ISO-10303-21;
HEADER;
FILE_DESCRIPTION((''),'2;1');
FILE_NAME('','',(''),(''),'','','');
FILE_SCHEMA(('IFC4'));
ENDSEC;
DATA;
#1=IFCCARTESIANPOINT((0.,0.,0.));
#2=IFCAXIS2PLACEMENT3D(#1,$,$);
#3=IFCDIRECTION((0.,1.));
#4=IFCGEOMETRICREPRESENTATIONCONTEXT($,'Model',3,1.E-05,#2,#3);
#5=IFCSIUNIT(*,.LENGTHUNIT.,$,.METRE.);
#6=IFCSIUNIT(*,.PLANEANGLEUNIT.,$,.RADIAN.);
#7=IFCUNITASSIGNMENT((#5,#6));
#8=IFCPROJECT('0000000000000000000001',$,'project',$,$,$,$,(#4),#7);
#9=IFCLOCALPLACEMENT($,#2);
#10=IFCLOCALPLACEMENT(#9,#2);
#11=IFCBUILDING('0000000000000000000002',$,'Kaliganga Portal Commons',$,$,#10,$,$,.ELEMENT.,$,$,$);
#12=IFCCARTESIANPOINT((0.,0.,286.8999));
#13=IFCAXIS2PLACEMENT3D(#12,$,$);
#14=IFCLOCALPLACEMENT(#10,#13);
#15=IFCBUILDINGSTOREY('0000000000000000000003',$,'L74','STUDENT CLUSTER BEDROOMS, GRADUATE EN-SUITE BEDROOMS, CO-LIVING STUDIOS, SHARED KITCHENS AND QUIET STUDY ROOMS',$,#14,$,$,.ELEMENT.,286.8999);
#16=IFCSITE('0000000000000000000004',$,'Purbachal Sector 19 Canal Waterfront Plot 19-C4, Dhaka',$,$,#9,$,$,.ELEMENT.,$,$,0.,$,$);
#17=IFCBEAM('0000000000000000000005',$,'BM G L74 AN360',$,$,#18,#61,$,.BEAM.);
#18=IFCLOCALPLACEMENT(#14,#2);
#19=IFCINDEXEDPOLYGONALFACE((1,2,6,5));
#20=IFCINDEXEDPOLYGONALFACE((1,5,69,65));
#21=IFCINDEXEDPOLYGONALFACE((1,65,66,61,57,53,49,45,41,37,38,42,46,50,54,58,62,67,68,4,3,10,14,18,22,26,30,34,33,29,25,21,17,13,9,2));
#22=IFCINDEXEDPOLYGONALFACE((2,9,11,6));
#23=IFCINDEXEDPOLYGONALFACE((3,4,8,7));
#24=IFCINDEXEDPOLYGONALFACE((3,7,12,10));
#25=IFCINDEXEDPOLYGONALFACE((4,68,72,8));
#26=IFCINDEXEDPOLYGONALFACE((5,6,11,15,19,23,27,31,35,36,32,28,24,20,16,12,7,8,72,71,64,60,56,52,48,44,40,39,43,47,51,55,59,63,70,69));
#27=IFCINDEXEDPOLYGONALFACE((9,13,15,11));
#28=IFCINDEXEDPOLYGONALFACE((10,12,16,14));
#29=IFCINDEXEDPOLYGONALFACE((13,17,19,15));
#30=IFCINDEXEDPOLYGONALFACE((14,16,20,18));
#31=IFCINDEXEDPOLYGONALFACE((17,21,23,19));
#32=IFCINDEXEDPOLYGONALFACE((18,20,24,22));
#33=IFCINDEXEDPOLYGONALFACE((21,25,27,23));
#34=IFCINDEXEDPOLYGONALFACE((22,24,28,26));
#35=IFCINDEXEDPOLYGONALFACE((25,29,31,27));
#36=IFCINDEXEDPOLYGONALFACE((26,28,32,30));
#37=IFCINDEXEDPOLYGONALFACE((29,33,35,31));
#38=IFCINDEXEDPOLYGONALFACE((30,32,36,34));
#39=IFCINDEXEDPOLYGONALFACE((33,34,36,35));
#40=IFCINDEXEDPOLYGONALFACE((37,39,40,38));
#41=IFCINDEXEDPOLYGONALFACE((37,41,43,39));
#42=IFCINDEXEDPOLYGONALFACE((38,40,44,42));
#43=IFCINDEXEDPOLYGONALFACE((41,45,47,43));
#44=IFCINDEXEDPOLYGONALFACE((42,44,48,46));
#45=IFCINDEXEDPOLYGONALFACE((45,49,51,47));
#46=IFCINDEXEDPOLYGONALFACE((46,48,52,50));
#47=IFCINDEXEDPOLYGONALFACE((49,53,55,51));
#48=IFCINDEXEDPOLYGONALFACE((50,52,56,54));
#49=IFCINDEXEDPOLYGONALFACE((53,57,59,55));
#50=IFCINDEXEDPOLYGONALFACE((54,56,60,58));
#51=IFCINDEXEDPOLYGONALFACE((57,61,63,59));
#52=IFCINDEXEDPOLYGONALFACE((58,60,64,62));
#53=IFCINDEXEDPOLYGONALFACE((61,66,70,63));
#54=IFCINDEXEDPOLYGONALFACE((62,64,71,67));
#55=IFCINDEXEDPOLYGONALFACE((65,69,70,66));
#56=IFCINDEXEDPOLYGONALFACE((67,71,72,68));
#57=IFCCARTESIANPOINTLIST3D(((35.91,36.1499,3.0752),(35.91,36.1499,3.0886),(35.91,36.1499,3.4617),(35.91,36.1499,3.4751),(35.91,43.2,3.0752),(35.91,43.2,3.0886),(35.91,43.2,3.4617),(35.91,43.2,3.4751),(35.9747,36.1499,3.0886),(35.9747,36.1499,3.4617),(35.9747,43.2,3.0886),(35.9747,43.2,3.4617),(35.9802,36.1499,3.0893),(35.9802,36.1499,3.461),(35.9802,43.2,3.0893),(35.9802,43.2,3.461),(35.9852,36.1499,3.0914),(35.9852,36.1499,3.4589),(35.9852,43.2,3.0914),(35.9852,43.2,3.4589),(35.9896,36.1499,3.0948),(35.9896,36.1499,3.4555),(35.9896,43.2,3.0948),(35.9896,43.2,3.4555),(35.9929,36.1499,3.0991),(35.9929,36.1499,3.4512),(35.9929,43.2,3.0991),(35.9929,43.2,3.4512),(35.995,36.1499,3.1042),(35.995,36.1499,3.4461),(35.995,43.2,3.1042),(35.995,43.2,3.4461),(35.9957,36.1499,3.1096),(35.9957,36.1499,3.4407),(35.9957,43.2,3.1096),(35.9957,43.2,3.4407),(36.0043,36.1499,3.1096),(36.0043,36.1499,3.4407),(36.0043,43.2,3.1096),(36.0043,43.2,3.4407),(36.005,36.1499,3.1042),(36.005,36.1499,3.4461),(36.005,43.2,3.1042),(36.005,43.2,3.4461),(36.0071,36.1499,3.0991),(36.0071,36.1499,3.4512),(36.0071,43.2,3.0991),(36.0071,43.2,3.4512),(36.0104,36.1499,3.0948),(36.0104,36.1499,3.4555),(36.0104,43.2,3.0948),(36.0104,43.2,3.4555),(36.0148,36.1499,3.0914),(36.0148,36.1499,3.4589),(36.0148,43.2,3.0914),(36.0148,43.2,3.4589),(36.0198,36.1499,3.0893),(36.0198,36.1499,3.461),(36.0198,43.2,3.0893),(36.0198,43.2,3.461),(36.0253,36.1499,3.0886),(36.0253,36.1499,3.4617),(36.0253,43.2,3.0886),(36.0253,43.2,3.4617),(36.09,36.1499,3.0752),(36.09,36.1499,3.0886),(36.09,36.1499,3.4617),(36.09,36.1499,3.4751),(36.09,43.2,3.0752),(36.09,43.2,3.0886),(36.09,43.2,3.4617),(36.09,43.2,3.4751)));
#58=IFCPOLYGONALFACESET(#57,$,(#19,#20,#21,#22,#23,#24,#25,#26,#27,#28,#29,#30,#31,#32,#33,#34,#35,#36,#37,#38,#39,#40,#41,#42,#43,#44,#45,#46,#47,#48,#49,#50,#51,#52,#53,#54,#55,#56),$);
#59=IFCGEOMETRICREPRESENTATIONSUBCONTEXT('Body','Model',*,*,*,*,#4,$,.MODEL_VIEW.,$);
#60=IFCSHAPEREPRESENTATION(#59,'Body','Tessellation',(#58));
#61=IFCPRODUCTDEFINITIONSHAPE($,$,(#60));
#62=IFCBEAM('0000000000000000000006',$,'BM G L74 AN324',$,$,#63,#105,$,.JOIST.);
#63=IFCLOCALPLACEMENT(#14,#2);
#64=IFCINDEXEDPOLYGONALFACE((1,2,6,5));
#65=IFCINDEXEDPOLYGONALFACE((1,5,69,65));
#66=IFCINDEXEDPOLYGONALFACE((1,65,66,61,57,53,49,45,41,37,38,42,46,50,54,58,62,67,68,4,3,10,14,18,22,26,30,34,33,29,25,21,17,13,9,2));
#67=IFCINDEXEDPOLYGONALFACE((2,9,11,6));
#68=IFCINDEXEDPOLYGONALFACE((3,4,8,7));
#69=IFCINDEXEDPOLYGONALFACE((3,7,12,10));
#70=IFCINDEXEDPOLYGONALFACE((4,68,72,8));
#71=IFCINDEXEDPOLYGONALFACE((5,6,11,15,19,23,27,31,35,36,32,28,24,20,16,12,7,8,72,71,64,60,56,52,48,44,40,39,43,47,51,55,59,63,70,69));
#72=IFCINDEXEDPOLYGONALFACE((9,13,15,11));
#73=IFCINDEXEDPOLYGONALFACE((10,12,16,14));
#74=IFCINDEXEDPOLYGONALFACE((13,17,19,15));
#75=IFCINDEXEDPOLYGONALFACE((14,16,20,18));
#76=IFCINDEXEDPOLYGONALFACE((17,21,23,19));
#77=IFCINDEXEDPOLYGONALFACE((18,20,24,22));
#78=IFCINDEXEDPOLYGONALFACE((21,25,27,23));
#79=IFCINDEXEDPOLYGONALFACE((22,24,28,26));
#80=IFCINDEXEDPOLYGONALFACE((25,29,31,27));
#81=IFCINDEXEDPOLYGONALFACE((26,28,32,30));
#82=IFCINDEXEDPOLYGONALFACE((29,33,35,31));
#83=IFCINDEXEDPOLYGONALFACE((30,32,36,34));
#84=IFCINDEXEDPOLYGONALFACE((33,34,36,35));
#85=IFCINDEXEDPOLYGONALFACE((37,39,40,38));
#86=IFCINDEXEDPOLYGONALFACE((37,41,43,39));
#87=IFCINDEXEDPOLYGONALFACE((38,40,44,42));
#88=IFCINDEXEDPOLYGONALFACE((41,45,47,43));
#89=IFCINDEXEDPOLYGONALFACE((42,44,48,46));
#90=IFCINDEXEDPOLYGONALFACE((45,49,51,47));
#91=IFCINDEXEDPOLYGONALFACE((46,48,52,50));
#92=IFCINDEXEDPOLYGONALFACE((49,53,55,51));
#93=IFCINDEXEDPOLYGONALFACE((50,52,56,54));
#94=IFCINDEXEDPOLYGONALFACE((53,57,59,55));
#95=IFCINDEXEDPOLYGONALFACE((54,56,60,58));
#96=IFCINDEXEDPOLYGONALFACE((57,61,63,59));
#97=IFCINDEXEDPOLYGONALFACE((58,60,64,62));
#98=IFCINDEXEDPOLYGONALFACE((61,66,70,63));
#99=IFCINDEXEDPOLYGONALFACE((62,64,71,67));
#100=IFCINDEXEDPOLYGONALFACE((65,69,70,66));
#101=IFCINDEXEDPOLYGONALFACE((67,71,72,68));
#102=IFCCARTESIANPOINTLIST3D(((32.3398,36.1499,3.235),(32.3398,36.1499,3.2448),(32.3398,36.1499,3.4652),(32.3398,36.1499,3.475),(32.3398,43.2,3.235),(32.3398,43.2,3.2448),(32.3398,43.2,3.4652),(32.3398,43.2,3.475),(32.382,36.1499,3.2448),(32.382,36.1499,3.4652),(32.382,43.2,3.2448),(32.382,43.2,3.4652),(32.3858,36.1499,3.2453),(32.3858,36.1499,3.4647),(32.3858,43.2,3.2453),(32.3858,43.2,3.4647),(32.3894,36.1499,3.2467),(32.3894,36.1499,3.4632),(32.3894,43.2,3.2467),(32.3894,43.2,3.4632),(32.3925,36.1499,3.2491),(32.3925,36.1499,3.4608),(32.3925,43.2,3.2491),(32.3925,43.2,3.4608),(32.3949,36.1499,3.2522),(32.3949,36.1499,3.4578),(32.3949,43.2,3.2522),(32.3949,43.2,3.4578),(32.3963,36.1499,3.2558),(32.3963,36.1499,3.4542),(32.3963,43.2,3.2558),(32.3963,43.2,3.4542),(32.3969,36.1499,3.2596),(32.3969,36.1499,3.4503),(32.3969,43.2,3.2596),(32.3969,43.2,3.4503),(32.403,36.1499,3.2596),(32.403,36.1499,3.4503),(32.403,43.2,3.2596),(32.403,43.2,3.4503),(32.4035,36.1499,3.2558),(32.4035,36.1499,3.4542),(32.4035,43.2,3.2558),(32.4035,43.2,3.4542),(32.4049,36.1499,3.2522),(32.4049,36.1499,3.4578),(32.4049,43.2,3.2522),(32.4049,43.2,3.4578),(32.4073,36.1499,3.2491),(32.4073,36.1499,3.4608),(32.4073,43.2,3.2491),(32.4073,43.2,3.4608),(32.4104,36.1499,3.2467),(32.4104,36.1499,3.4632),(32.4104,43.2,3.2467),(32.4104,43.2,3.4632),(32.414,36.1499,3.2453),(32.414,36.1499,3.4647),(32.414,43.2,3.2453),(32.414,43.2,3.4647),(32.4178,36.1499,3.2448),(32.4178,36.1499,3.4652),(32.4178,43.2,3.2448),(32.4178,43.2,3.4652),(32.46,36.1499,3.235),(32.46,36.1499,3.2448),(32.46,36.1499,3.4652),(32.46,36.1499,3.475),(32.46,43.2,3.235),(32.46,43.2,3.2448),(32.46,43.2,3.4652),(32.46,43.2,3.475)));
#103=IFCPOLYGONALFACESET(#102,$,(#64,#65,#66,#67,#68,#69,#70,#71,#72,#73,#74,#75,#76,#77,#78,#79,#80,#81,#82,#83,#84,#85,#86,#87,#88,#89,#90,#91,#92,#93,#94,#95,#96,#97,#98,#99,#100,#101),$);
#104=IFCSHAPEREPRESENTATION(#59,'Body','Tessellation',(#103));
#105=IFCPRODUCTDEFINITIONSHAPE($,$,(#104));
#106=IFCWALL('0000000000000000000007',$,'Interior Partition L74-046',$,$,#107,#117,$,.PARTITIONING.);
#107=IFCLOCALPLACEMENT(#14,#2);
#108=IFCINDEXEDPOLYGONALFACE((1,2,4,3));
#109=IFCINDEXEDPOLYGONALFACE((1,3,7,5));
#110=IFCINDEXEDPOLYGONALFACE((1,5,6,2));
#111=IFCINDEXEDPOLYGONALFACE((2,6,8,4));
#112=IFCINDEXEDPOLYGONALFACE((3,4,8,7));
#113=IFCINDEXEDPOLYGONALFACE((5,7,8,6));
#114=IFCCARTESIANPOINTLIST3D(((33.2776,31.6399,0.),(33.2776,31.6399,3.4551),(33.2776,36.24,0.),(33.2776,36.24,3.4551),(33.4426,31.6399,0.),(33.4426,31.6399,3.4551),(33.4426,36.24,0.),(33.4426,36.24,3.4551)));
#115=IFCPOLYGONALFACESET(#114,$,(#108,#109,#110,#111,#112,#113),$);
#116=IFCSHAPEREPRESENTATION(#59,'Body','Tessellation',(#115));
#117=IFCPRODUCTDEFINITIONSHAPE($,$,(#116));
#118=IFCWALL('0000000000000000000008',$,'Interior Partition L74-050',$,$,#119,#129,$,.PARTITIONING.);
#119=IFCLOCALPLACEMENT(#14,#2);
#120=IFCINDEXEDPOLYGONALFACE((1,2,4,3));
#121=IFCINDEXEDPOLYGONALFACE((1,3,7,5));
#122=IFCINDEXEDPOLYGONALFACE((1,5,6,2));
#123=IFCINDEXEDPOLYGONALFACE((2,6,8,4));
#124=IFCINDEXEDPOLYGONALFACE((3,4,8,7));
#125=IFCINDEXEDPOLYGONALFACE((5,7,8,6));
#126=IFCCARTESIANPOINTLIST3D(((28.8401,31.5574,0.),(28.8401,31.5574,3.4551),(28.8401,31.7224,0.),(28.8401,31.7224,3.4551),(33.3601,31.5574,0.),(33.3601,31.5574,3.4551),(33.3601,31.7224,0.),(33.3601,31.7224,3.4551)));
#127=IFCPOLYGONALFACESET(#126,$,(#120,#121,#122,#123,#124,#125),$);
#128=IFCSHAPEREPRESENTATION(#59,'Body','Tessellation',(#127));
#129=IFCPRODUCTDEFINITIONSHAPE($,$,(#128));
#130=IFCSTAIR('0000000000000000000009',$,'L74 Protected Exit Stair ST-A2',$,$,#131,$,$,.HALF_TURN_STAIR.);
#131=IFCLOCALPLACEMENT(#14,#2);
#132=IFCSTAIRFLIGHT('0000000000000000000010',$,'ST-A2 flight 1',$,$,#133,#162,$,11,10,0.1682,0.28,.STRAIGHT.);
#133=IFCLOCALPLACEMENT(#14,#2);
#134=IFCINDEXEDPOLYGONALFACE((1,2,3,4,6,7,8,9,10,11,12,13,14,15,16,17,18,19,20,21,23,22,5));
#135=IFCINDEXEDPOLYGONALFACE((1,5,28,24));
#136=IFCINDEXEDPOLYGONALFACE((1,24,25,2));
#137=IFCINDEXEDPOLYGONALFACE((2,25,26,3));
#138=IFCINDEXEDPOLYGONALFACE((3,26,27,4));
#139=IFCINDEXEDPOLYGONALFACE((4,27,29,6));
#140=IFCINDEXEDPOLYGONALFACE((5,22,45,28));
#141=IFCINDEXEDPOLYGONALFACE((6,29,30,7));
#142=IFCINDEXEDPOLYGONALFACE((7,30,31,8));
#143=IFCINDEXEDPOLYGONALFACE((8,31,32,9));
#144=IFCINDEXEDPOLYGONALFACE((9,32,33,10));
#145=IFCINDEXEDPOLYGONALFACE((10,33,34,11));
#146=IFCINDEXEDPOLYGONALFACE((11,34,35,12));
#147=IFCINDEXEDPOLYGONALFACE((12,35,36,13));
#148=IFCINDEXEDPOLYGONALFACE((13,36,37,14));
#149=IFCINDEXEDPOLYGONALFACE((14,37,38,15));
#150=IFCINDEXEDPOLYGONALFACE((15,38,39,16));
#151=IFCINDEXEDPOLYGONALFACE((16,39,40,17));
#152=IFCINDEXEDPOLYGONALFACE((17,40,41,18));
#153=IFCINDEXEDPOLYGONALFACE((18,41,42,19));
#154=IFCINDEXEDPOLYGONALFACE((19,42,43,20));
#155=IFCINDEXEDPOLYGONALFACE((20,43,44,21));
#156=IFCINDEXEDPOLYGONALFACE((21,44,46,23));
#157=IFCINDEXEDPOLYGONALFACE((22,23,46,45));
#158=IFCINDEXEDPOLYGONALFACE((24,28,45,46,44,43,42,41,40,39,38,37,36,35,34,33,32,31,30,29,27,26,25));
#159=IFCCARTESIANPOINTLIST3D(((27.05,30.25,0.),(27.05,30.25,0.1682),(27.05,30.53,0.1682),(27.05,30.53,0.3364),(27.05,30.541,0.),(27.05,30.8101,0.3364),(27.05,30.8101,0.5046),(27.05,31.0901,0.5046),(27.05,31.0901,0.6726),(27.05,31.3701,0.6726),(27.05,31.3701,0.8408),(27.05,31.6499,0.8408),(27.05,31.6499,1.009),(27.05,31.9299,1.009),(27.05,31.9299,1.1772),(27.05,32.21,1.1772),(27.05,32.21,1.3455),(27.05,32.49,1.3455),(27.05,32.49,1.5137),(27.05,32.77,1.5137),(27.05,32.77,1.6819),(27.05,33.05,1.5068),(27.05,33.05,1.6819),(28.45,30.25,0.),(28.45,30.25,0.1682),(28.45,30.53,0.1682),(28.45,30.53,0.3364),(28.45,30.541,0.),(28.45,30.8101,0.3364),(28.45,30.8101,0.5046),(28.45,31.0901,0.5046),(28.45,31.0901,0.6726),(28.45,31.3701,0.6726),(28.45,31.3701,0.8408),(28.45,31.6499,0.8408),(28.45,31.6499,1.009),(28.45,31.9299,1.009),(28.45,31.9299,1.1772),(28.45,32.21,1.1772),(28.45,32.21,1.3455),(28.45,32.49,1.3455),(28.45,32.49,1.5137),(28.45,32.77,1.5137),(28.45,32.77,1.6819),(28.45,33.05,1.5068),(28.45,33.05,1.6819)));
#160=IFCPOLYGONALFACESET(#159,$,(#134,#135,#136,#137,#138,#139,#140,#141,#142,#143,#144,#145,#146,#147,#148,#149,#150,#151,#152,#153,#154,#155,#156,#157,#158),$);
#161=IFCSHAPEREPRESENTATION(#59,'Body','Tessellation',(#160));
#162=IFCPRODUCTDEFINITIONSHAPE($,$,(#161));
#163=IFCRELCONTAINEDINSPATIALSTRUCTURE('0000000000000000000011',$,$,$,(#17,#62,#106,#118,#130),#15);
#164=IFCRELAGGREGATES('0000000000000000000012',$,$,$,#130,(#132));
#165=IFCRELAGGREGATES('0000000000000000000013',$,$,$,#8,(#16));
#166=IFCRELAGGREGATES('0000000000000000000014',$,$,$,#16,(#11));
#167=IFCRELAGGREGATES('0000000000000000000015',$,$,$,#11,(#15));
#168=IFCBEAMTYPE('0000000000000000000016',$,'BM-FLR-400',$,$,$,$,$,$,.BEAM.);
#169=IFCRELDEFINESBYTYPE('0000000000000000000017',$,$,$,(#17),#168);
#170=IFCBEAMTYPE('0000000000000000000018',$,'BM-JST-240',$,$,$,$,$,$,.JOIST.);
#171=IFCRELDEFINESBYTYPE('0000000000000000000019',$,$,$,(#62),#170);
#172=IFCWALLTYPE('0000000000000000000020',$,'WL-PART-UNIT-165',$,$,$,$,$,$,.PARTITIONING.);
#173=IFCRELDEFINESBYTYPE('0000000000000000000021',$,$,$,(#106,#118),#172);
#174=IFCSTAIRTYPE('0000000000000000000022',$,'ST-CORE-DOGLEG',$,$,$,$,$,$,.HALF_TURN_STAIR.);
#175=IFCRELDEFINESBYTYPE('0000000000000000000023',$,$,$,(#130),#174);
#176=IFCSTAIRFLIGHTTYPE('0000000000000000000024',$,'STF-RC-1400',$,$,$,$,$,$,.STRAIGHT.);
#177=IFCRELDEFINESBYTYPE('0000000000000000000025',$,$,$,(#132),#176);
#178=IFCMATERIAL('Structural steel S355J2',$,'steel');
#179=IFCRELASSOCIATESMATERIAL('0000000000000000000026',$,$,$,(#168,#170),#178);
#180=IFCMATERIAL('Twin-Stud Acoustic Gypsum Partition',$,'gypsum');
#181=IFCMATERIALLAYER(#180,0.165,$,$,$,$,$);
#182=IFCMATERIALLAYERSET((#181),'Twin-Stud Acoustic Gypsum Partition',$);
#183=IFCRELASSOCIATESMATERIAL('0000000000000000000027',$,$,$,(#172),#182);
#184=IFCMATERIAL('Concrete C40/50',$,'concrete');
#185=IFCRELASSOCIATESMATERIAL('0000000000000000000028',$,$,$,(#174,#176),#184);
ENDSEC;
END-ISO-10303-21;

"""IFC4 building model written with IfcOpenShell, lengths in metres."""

from ifc_helpers import new_model, si_unit, direction, frame, frame_2d, origin, origin_2d, place, context, subcontext, project, spatial, polyline, rectangle, i_section, outline, extrude, source, transform, mapped, material, layer, layer_set, material_profile, profile_set, type_object, element, aggregate, save


model = new_model("IFC4")

# Units and contexts
model_context = context("Model", 3, precision=1e-05, world=origin(), true_north=direction((0.0, 1.0)))
body_context = subcontext(model_context, "Body", "Model", "MODEL_VIEW")
ifc_project = project(units=[si_unit("LENGTHUNIT", "METRE"), si_unit("PLANEANGLEUNIT", "RADIAN")], contexts=[model_context])

# Site, building, storey
site_placement = place(None, origin())
site = spatial("IfcSite", under=ifc_project, at=site_placement, Name="Purbachal Sector 19 Canal Waterfront Plot 19-C4, Dhaka", CompositionType="ELEMENT", RefElevation=0.0)
building_placement = place(site_placement, origin())
building = spatial("IfcBuilding", under=site, at=building_placement, Name="Kaliganga Portal Commons", CompositionType="ELEMENT")
storey_placement = place(building_placement, frame((0.0, 0.0, 286.8999)))
storey = spatial("IfcBuildingStorey", under=building, at=storey_placement, Name="L74", Description="STUDENT CLUSTER BEDROOMS, GRADUATE EN-SUITE BEDROOMS, CO-LIVING STUDIOS, SHARED KITCHENS AND QUIET STUDY ROOMS", CompositionType="ELEMENT", Elevation=286.8999)

# Beams
ifc_material_1 = material(Name="Structural steel S355J2", Category="steel")
ifc_material_profile_1 = material_profile(ifc_material_1, i_section(OverallWidth=0.1799, OverallDepth=0.3999, WebThickness=0.0085, FlangeThickness=0.0134, FilletRadius=0.021, at=origin_2d()), Name="IPE 400")
ifc_profile_set_1 = profile_set([ifc_material_profile_1], Name="Structural steel S355J2 wide-flange")
beam_type_1 = type_object("IfcBeamType", Name="BM-FLR-400", PredefinedType="BEAM", material=ifc_profile_set_1)
shared_shape_1 = source(origin(), body_context, "Body", "SweptSolid", [
    extrude(i_section(OverallWidth=0.1799, OverallDepth=0.3999, WebThickness=0.0085, FlangeThickness=0.0134, FilletRadius=0.021, at=origin_2d()), origin(), (0.0, 0.0, 1.0), 7.05),
])
for number, where, z_axis, x_axis, name in (
    (1, (36.0, 36.1499, 3.2751), (0.0, 1.0, 0.0), (-1.0, 0.0, 0.0), "BM G L74 AN360"),
):
    element("IfcBeam", number, at=place(storey_placement, frame(where, z_axis=z_axis, x_axis=x_axis)), inside=storey, type_object=beam_type_1, Name=name, PredefinedType="BEAM", context=body_context, shape_type="MappedRepresentation", body=[
        mapped(shared_shape_1, transform((0.0, 0.0, 0.0), x_axis=(1.0, 0.0, 0.0), y_axis=(0.0, 1.0, 0.0), z_axis=(0.0, 0.0, 1.0), scale=1.0)),
    ])
ifc_material_profile_2 = material_profile(ifc_material_1, i_section(OverallWidth=0.1201, OverallDepth=0.24, WebThickness=0.0061, FlangeThickness=0.0098, FilletRadius=0.0149, at=origin_2d()), Name="IPE 240")
ifc_profile_set_2 = profile_set([ifc_material_profile_2], Name="Structural steel S355J2 wide-flange")
beam_type_2 = type_object("IfcBeamType", Name="BM-JST-240", PredefinedType="JOIST", material=ifc_profile_set_2)
shared_shape_2 = source(origin(), body_context, "Body", "SweptSolid", [
    extrude(i_section(OverallWidth=0.1201, OverallDepth=0.24, WebThickness=0.0061, FlangeThickness=0.0098, FilletRadius=0.0149, at=origin_2d()), origin(), (0.0, 0.0, 1.0), 7.05),
])
beam_1_placement = place(storey_placement, frame((32.3999, 36.1499, 3.355), z_axis=(0.0, 1.0, 0.0), x_axis=(-1.0, 0.0, 0.0)))
element("IfcBeam", 2, at=beam_1_placement, inside=storey, type_object=beam_type_2, Name="BM G L74 AN324", PredefinedType="JOIST", context=body_context, shape_type="MappedRepresentation", body=[
    mapped(shared_shape_2, transform((0.0, 0.0, 0.0), x_axis=(1.0, 0.0, 0.0), y_axis=(0.0, 1.0, 0.0), z_axis=(0.0, 0.0, 1.0), scale=1.0)),
])

# Walls
ifc_material_2 = material(Name="Twin-Stud Acoustic Gypsum Partition", Category="gypsum")
ifc_layer_1 = layer(ifc_material_2, 0.165)
ifc_layer_set_1 = layer_set([ifc_layer_1], Name="Twin-Stud Acoustic Gypsum Partition")
wall_type_1 = type_object("IfcWallType", Name="WL-PART-UNIT-165", PredefinedType="PARTITIONING", material=ifc_layer_set_1)
wall_1_placement = place(storey_placement, frame((33.3601, 31.6399, 0.0), z_axis=(0.0, 0.0, 1.0), x_axis=(0.0, 1.0, 0.0)))
element("IfcWall", 3, at=wall_1_placement, inside=storey, type_object=wall_type_1, Name="Interior Partition L74-046", PredefinedType="PARTITIONING", context=body_context, shape_type="SweptSolid", body=[
    extrude(rectangle(XDim=4.6001, YDim=0.165, at=frame_2d((2.3, 0.0))), origin(), (0.0, 0.0, 1.0), 3.4551),
])
wall_2_placement = place(storey_placement, frame((28.8401, 31.6399, 0.0), z_axis=(0.0, 0.0, 1.0), x_axis=(1.0, 0.0, 0.0)))
element("IfcWall", 4, at=wall_2_placement, inside=storey, type_object=wall_type_1, Name="Interior Partition L74-050", PredefinedType="PARTITIONING", context=body_context, shape_type="SweptSolid", body=[
    extrude(rectangle(XDim=4.52, YDim=0.165, at=frame_2d((2.26, 0.0))), origin(), (0.0, 0.0, 1.0), 3.4551),
])

# Stair, stair flight
ifc_material_3 = material(Name="Concrete C40/50", Category="concrete")
stair_type = type_object("IfcStairType", Name="ST-CORE-DOGLEG", PredefinedType="HALF_TURN_STAIR", material=ifc_material_3)
stair_placement = place(storey_placement, origin())
stair = element("IfcStair", 5, at=stair_placement, inside=storey, type_object=stair_type, Name="L74 Protected Exit Stair ST-A2", PredefinedType="HALF_TURN_STAIR")
stair_flight_type = type_object("IfcStairFlightType", Name="STF-RC-1400", PredefinedType="STRAIGHT", material=ifc_material_3)
stair_flight_placement = place(storey_placement, frame((27.75, 30.25, 0.0), z_axis=(0.0, 0.0, 1.0), x_axis=(0.0, 1.0, 0.0)))
stair_flight = element("IfcStairFlight", 6, at=stair_flight_placement, type_object=stair_flight_type, Name="ST-A2 flight 1", NumberOfRisers=11, NumberOfTreads=10, PredefinedType="STRAIGHT", RiserHeight=0.1682, TreadLength=0.28, context=body_context, shape_type="SweptSolid", body=[
    extrude(outline(polyline([(0.0, 0.0), (0.0, 0.1682), (0.28, 0.1682), (0.28, 0.3364), (0.5601, 0.3364), (0.5601, 0.5046), (0.8401, 0.5046), (0.8401, 0.6726), (1.1201, 0.6726), (1.1201, 0.8408), (1.3999, 0.8408), (1.3999, 1.009), (1.6799, 1.009), (1.6799, 1.1772), (1.96, 1.1772), (1.96, 1.3455), (2.24, 1.3455), (2.24, 1.5137), (2.52, 1.5137), (2.52, 1.6819), (2.8, 1.6819), (2.8, 1.8501), (2.8, 1.5068), (0.291, 0.0), (0.0, 0.0)])), frame((0.0, 0.7, 0.0), z_axis=(0.0, -1.0, 0.0), x_axis=(1.0, 0.0, 0.0)), (0.0, 0.0, 1.0), 1.3999),
])
aggregate(stair, [stair_flight])

save(model, "model.ifc")
